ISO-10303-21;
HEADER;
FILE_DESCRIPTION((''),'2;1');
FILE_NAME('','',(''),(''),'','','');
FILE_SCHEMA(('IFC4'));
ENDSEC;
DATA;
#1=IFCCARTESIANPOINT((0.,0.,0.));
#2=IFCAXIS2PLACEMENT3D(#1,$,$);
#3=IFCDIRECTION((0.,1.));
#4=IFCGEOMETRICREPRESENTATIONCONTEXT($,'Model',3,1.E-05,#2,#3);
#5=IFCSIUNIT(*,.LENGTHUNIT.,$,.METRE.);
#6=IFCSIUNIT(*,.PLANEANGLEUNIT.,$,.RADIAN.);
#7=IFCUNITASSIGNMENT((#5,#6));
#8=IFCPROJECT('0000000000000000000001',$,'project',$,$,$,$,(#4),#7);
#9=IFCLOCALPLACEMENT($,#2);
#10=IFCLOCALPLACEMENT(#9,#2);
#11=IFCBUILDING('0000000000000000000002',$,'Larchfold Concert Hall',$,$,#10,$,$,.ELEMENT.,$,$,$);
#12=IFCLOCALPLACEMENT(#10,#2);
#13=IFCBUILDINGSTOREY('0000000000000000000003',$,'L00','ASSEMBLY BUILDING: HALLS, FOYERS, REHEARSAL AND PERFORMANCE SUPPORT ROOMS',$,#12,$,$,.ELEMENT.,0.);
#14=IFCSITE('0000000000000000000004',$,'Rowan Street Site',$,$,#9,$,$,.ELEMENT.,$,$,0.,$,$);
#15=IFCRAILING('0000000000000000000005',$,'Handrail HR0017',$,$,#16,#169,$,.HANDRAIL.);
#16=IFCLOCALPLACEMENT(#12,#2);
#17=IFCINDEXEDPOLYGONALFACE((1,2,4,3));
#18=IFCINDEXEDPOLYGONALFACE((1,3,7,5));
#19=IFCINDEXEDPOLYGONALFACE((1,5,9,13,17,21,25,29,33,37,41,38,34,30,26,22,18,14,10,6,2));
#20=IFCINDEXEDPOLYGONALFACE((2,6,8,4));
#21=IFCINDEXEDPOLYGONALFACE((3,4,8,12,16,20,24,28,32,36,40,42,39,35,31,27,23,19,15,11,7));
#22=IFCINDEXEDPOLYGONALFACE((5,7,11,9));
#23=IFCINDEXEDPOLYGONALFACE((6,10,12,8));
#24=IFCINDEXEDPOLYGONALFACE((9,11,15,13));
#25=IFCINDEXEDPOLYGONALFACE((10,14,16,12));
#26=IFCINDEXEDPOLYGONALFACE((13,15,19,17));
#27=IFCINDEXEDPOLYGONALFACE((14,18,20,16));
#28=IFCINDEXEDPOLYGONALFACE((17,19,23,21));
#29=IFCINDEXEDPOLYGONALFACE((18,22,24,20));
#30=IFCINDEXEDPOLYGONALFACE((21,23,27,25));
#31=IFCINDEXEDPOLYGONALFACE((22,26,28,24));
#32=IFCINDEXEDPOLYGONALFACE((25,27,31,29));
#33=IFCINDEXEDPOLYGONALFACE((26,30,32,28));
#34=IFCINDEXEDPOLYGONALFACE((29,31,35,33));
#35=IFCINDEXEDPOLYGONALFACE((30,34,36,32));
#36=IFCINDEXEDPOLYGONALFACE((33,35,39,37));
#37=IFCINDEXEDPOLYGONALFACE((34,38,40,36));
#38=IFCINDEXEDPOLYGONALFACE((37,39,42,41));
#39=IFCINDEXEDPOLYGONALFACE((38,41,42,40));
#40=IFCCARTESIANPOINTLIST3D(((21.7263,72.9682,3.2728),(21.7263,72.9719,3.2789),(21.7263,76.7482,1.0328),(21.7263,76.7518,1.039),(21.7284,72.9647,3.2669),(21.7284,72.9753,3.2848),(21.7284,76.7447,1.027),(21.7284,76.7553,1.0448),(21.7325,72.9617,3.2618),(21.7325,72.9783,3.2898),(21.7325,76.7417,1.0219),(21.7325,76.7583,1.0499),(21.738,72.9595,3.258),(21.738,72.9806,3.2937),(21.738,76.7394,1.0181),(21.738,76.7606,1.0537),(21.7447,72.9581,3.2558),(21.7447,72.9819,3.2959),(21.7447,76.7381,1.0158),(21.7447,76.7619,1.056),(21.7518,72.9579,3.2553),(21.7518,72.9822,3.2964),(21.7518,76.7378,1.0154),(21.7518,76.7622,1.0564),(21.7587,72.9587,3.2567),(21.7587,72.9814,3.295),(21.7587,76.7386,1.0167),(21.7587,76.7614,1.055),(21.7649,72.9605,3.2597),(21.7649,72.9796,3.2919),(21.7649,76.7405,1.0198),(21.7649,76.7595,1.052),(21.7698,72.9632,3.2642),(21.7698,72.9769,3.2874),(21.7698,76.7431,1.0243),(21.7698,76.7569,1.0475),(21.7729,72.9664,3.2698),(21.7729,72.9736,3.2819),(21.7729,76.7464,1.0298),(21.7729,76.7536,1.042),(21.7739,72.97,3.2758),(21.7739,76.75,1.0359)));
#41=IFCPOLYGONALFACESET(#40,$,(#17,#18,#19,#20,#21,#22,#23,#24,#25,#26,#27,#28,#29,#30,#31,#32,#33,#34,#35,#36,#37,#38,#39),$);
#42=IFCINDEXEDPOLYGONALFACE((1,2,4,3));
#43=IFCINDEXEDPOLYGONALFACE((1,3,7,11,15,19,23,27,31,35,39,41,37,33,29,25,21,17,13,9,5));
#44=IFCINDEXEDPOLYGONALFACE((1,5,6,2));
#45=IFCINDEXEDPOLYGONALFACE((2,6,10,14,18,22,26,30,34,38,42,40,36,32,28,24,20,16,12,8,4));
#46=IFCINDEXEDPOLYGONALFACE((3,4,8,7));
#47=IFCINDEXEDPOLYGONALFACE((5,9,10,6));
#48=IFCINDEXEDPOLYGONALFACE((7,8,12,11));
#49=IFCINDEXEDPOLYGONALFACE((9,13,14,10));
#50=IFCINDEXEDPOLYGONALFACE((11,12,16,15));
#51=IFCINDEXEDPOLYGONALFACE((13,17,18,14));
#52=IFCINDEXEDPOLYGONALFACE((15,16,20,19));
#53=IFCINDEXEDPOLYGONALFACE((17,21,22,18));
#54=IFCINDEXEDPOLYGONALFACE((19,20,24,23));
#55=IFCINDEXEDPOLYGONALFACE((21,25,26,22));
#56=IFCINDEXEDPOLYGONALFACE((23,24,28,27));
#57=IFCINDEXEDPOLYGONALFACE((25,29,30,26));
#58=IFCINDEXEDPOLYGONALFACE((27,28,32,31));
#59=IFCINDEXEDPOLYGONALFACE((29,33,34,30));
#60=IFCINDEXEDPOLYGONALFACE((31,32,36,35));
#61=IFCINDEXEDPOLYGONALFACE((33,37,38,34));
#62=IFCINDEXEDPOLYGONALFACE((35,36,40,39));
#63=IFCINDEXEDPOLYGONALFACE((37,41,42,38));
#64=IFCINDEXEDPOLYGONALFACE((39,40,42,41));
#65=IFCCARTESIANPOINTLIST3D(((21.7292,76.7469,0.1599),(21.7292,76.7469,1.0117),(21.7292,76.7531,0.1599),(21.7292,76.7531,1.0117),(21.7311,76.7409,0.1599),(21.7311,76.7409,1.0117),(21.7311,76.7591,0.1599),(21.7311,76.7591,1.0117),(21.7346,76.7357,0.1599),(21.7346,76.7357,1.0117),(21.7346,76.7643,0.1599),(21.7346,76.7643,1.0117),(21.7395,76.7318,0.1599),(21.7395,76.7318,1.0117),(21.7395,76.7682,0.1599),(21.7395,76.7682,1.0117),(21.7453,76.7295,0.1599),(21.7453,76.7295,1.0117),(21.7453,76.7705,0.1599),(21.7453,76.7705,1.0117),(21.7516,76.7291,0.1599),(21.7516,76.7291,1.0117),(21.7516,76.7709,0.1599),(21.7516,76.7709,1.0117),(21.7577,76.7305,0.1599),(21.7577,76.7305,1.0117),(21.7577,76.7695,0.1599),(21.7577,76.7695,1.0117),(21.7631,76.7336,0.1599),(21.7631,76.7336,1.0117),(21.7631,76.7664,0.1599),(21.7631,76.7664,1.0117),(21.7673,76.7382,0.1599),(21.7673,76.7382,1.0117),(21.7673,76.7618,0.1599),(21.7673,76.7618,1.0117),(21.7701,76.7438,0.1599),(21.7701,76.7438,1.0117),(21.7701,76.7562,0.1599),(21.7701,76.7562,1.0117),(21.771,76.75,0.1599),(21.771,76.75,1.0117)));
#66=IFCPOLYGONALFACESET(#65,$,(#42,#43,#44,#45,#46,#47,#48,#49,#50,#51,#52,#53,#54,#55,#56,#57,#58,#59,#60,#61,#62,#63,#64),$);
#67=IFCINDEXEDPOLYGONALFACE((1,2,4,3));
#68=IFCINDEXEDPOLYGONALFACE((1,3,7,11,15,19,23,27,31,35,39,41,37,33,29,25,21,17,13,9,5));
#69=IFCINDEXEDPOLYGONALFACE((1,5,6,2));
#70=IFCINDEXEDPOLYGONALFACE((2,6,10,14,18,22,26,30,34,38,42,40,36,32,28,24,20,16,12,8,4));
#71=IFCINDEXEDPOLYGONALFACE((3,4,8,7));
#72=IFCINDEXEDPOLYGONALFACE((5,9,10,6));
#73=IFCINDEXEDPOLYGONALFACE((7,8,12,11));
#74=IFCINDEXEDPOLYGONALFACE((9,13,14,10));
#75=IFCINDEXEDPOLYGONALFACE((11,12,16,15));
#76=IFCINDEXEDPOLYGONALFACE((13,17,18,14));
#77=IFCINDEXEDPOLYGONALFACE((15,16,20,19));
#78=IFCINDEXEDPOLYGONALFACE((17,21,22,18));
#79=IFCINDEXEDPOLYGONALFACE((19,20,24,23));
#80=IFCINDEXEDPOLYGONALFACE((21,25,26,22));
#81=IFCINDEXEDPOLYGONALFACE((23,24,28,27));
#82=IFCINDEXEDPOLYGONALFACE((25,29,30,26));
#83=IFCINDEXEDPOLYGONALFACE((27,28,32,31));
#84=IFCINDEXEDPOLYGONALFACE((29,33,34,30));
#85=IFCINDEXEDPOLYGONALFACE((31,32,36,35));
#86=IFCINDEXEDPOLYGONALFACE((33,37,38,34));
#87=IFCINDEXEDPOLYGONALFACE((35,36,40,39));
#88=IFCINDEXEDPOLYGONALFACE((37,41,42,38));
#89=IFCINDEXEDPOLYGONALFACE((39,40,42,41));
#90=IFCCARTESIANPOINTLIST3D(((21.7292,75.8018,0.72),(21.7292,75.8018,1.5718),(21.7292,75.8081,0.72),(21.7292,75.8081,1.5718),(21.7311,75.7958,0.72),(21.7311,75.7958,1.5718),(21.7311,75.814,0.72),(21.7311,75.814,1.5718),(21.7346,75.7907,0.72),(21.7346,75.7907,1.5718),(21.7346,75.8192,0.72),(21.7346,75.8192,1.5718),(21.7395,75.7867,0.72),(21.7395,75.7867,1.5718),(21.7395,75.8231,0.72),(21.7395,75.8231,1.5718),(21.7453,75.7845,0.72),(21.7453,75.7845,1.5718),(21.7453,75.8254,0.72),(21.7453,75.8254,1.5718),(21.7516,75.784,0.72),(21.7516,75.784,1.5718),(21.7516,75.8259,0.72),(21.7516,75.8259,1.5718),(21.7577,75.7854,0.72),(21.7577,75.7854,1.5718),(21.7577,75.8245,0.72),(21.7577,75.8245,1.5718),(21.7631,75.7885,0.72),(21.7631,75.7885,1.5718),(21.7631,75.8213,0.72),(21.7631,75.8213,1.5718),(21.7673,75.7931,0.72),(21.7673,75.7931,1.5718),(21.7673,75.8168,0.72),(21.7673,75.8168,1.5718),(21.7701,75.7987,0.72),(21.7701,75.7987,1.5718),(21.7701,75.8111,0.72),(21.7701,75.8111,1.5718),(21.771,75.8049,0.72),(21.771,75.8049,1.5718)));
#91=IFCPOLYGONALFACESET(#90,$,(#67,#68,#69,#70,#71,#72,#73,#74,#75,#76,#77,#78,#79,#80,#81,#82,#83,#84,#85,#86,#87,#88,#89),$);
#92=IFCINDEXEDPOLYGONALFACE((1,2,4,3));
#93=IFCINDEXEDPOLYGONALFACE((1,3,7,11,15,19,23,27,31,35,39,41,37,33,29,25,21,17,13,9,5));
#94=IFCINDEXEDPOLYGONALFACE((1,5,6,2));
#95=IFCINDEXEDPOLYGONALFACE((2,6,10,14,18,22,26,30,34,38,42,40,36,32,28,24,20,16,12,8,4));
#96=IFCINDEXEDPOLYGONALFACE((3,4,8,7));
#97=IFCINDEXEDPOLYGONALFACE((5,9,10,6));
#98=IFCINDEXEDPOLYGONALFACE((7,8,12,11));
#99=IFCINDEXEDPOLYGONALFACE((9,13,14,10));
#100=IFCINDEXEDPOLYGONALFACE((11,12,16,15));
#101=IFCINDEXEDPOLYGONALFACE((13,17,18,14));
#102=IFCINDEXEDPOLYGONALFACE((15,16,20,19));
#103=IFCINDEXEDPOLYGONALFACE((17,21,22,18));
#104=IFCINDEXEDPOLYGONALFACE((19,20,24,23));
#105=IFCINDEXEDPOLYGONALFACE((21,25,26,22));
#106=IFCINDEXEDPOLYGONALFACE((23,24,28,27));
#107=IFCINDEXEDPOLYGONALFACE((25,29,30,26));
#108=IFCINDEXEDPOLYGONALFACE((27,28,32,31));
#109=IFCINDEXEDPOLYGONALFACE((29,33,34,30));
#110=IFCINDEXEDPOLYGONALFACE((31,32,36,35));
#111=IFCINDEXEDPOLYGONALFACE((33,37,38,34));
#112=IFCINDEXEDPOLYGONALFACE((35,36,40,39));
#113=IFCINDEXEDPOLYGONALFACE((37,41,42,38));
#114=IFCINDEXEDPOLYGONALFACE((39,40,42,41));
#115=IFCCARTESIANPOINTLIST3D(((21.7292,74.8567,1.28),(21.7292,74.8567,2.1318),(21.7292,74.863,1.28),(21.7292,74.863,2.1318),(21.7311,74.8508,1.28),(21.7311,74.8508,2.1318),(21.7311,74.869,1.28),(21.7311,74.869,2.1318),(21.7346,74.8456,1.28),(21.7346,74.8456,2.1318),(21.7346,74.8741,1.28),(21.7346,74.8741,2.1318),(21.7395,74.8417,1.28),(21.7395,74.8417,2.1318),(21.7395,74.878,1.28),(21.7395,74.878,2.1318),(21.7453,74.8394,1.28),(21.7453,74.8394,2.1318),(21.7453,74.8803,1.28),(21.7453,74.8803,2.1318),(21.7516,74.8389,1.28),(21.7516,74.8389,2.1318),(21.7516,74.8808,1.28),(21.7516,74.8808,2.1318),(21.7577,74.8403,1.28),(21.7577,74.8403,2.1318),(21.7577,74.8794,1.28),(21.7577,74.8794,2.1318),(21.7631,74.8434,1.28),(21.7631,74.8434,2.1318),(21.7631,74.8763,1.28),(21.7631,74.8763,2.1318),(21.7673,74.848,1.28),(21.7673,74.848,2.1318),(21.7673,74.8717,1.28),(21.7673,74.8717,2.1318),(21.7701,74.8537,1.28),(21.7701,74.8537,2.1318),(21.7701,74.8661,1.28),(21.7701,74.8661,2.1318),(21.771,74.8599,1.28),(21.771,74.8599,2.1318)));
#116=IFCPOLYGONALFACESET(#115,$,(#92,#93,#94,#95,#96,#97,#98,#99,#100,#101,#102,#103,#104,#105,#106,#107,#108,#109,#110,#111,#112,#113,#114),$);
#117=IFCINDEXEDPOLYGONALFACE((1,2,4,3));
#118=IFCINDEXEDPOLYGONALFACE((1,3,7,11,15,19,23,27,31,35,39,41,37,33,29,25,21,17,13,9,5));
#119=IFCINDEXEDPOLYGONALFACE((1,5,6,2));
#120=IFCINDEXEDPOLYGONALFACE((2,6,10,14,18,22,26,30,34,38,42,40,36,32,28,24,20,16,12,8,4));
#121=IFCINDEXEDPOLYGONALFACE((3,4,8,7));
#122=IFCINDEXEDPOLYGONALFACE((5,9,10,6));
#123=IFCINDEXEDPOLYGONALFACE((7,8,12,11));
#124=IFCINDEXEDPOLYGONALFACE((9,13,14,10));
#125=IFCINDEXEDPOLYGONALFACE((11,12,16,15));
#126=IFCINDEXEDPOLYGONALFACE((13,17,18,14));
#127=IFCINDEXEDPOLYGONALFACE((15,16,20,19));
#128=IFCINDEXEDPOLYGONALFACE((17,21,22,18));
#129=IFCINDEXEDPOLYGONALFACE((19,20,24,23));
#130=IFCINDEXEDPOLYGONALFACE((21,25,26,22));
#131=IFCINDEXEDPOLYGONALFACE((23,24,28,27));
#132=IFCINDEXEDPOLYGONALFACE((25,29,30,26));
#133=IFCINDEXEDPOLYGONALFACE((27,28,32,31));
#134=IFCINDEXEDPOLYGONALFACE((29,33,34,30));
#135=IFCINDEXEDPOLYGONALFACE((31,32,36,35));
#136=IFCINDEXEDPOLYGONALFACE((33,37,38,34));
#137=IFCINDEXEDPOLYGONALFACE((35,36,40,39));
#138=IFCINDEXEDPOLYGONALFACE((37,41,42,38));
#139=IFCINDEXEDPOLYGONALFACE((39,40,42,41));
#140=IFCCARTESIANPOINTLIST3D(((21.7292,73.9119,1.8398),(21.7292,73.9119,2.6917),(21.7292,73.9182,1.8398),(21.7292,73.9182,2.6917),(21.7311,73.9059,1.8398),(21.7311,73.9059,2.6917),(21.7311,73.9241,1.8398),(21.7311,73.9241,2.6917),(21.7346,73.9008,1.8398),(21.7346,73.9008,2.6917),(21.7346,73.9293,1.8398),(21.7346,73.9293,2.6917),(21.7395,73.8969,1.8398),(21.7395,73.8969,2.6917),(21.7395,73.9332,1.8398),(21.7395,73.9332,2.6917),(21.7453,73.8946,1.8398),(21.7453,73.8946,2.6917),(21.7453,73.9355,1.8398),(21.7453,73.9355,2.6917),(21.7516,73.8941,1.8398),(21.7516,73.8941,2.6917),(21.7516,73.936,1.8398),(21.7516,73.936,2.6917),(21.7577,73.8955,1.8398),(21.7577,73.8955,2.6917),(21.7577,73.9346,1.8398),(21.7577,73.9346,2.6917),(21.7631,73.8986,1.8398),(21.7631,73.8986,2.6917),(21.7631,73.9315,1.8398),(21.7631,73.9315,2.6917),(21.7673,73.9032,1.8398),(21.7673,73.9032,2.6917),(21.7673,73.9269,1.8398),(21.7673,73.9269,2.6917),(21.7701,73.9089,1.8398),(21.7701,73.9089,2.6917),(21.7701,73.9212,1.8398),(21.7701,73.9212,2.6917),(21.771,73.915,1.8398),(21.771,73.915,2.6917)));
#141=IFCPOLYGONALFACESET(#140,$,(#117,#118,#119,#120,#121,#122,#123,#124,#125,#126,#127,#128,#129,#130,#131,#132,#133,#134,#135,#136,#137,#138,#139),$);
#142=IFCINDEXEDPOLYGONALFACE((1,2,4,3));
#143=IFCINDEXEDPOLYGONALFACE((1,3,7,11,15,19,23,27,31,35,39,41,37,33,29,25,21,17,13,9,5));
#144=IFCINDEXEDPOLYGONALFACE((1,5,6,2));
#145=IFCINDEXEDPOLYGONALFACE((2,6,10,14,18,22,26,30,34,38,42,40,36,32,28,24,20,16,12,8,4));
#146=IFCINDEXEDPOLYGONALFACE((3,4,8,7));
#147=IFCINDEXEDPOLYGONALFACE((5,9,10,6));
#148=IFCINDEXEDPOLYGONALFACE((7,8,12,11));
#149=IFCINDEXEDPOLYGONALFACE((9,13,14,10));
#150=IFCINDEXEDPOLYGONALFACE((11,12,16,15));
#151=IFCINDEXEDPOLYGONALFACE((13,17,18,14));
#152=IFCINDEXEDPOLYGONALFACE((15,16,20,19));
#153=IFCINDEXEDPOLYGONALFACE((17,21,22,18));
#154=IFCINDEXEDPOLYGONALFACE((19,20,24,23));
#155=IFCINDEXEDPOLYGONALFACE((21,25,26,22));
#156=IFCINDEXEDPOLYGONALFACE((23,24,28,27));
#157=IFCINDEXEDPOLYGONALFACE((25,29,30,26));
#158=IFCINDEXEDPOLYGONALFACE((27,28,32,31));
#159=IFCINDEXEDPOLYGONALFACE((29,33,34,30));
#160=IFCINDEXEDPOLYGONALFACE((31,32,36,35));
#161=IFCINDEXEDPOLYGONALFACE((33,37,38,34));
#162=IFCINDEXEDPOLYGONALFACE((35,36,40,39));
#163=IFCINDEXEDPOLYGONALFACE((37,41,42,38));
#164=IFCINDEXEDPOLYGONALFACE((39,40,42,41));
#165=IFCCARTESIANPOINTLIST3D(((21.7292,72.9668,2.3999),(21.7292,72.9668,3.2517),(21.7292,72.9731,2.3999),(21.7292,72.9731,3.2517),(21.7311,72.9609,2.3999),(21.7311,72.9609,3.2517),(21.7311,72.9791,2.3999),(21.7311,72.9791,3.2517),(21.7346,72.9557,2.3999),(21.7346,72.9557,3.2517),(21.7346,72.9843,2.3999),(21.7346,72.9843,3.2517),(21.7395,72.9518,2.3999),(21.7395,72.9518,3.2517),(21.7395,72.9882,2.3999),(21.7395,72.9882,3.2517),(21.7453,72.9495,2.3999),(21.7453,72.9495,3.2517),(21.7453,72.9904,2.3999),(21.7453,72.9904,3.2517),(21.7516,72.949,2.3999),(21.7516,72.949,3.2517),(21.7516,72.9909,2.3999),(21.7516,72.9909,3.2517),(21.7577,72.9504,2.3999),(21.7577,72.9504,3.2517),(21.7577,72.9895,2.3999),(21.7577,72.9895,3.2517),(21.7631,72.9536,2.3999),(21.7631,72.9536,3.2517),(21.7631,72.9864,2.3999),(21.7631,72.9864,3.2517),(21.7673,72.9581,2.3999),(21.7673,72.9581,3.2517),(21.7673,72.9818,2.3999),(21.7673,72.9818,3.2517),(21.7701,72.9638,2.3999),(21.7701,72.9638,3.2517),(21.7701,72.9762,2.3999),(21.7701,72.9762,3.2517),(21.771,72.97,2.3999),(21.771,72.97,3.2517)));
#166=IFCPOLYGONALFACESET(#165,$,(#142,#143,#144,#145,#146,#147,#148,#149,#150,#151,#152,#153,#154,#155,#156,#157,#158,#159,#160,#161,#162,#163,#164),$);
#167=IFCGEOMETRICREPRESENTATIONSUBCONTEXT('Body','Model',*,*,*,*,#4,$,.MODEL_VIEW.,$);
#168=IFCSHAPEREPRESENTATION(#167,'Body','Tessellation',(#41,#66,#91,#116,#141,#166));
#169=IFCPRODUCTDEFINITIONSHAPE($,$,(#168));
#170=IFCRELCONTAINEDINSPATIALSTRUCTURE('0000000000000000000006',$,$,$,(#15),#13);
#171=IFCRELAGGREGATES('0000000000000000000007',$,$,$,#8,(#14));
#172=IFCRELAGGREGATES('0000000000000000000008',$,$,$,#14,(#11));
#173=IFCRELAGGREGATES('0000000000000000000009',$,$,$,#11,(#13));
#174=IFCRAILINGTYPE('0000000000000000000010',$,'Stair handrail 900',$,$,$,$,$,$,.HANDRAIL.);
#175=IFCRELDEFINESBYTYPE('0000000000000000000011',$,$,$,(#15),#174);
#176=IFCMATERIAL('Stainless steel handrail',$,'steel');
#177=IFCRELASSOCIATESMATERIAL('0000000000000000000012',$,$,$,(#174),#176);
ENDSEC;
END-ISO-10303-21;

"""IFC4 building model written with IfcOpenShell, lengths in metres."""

from ifc_helpers import new_model, si_unit, direction, frame, origin, origin_2d, place, context, subcontext, project, spatial, circle, extrude, material, type_object, element, save


model = new_model("IFC4")

# Units and contexts
model_context = context("Model", 3, precision=1e-05, world=origin(), true_north=direction((0.0, 1.0)))
body_context = subcontext(model_context, "Body", "Model", "MODEL_VIEW")
ifc_project = project(units=[si_unit("LENGTHUNIT", "METRE"), si_unit("PLANEANGLEUNIT", "RADIAN")], contexts=[model_context])

# Site, building, storey
site_placement = place(None, origin())
site = spatial("IfcSite", under=ifc_project, at=site_placement, Name="Rowan Street Site", CompositionType="ELEMENT", RefElevation=0.0)
building_placement = place(site_placement, origin())
building = spatial("IfcBuilding", under=site, at=building_placement, Name="Larchfold Concert Hall", CompositionType="ELEMENT")
storey_placement = place(building_placement, origin())
storey = spatial("IfcBuildingStorey", under=building, at=storey_placement, Name="L00", Description="ASSEMBLY BUILDING: HALLS, FOYERS, REHEARSAL AND PERFORMANCE SUPPORT ROOMS", CompositionType="ELEMENT", Elevation=0.0)

# Railing
ifc_material_1 = material(Name="Stainless steel handrail", Category="steel")
railing_type_1 = type_object("IfcRailingType", Name="Stair handrail 900", PredefinedType="HANDRAIL", material=ifc_material_1)
for number, where, name in (
    (1, (21.75, 76.75, 0.1599), "Handrail HR0017"),
):
    element("IfcRailing", number, at=place(storey_placement, frame(where)), inside=storey, type_object=railing_type_1, Name=name, PredefinedType="HANDRAIL", context=body_context, shape_type="SweptSolid", body=[
        extrude(circle(Radius=0.0239, at=origin_2d()), frame((0.0, 0.0, 0.876), z_axis=(0.0, -0.860294, 0.509798), x_axis=(1.0, 0.0, 0.0)), (0.0, 0.0, 1.0), 4.3938),
        extrude(circle(Radius=0.021, at=origin_2d()), origin(), (0.0, 0.0, 1.0), 0.8518),
        extrude(circle(Radius=0.021, at=origin_2d()), frame((0.0, -0.9451, 0.5601)), (0.0, 0.0, 1.0), 0.8518),
        extrude(circle(Radius=0.021, at=origin_2d()), frame((0.0, -1.8901, 1.1201)), (0.0, 0.0, 1.0), 0.8518),
        extrude(circle(Radius=0.021, at=origin_2d()), frame((0.0, -2.835, 1.6799)), (0.0, 0.0, 1.0), 0.8518),
        extrude(circle(Radius=0.021, at=origin_2d()), frame((0.0, -3.78, 2.24)), (0.0, 0.0, 1.0), 0.8518),
    ])

save(model, "model.ifc")
